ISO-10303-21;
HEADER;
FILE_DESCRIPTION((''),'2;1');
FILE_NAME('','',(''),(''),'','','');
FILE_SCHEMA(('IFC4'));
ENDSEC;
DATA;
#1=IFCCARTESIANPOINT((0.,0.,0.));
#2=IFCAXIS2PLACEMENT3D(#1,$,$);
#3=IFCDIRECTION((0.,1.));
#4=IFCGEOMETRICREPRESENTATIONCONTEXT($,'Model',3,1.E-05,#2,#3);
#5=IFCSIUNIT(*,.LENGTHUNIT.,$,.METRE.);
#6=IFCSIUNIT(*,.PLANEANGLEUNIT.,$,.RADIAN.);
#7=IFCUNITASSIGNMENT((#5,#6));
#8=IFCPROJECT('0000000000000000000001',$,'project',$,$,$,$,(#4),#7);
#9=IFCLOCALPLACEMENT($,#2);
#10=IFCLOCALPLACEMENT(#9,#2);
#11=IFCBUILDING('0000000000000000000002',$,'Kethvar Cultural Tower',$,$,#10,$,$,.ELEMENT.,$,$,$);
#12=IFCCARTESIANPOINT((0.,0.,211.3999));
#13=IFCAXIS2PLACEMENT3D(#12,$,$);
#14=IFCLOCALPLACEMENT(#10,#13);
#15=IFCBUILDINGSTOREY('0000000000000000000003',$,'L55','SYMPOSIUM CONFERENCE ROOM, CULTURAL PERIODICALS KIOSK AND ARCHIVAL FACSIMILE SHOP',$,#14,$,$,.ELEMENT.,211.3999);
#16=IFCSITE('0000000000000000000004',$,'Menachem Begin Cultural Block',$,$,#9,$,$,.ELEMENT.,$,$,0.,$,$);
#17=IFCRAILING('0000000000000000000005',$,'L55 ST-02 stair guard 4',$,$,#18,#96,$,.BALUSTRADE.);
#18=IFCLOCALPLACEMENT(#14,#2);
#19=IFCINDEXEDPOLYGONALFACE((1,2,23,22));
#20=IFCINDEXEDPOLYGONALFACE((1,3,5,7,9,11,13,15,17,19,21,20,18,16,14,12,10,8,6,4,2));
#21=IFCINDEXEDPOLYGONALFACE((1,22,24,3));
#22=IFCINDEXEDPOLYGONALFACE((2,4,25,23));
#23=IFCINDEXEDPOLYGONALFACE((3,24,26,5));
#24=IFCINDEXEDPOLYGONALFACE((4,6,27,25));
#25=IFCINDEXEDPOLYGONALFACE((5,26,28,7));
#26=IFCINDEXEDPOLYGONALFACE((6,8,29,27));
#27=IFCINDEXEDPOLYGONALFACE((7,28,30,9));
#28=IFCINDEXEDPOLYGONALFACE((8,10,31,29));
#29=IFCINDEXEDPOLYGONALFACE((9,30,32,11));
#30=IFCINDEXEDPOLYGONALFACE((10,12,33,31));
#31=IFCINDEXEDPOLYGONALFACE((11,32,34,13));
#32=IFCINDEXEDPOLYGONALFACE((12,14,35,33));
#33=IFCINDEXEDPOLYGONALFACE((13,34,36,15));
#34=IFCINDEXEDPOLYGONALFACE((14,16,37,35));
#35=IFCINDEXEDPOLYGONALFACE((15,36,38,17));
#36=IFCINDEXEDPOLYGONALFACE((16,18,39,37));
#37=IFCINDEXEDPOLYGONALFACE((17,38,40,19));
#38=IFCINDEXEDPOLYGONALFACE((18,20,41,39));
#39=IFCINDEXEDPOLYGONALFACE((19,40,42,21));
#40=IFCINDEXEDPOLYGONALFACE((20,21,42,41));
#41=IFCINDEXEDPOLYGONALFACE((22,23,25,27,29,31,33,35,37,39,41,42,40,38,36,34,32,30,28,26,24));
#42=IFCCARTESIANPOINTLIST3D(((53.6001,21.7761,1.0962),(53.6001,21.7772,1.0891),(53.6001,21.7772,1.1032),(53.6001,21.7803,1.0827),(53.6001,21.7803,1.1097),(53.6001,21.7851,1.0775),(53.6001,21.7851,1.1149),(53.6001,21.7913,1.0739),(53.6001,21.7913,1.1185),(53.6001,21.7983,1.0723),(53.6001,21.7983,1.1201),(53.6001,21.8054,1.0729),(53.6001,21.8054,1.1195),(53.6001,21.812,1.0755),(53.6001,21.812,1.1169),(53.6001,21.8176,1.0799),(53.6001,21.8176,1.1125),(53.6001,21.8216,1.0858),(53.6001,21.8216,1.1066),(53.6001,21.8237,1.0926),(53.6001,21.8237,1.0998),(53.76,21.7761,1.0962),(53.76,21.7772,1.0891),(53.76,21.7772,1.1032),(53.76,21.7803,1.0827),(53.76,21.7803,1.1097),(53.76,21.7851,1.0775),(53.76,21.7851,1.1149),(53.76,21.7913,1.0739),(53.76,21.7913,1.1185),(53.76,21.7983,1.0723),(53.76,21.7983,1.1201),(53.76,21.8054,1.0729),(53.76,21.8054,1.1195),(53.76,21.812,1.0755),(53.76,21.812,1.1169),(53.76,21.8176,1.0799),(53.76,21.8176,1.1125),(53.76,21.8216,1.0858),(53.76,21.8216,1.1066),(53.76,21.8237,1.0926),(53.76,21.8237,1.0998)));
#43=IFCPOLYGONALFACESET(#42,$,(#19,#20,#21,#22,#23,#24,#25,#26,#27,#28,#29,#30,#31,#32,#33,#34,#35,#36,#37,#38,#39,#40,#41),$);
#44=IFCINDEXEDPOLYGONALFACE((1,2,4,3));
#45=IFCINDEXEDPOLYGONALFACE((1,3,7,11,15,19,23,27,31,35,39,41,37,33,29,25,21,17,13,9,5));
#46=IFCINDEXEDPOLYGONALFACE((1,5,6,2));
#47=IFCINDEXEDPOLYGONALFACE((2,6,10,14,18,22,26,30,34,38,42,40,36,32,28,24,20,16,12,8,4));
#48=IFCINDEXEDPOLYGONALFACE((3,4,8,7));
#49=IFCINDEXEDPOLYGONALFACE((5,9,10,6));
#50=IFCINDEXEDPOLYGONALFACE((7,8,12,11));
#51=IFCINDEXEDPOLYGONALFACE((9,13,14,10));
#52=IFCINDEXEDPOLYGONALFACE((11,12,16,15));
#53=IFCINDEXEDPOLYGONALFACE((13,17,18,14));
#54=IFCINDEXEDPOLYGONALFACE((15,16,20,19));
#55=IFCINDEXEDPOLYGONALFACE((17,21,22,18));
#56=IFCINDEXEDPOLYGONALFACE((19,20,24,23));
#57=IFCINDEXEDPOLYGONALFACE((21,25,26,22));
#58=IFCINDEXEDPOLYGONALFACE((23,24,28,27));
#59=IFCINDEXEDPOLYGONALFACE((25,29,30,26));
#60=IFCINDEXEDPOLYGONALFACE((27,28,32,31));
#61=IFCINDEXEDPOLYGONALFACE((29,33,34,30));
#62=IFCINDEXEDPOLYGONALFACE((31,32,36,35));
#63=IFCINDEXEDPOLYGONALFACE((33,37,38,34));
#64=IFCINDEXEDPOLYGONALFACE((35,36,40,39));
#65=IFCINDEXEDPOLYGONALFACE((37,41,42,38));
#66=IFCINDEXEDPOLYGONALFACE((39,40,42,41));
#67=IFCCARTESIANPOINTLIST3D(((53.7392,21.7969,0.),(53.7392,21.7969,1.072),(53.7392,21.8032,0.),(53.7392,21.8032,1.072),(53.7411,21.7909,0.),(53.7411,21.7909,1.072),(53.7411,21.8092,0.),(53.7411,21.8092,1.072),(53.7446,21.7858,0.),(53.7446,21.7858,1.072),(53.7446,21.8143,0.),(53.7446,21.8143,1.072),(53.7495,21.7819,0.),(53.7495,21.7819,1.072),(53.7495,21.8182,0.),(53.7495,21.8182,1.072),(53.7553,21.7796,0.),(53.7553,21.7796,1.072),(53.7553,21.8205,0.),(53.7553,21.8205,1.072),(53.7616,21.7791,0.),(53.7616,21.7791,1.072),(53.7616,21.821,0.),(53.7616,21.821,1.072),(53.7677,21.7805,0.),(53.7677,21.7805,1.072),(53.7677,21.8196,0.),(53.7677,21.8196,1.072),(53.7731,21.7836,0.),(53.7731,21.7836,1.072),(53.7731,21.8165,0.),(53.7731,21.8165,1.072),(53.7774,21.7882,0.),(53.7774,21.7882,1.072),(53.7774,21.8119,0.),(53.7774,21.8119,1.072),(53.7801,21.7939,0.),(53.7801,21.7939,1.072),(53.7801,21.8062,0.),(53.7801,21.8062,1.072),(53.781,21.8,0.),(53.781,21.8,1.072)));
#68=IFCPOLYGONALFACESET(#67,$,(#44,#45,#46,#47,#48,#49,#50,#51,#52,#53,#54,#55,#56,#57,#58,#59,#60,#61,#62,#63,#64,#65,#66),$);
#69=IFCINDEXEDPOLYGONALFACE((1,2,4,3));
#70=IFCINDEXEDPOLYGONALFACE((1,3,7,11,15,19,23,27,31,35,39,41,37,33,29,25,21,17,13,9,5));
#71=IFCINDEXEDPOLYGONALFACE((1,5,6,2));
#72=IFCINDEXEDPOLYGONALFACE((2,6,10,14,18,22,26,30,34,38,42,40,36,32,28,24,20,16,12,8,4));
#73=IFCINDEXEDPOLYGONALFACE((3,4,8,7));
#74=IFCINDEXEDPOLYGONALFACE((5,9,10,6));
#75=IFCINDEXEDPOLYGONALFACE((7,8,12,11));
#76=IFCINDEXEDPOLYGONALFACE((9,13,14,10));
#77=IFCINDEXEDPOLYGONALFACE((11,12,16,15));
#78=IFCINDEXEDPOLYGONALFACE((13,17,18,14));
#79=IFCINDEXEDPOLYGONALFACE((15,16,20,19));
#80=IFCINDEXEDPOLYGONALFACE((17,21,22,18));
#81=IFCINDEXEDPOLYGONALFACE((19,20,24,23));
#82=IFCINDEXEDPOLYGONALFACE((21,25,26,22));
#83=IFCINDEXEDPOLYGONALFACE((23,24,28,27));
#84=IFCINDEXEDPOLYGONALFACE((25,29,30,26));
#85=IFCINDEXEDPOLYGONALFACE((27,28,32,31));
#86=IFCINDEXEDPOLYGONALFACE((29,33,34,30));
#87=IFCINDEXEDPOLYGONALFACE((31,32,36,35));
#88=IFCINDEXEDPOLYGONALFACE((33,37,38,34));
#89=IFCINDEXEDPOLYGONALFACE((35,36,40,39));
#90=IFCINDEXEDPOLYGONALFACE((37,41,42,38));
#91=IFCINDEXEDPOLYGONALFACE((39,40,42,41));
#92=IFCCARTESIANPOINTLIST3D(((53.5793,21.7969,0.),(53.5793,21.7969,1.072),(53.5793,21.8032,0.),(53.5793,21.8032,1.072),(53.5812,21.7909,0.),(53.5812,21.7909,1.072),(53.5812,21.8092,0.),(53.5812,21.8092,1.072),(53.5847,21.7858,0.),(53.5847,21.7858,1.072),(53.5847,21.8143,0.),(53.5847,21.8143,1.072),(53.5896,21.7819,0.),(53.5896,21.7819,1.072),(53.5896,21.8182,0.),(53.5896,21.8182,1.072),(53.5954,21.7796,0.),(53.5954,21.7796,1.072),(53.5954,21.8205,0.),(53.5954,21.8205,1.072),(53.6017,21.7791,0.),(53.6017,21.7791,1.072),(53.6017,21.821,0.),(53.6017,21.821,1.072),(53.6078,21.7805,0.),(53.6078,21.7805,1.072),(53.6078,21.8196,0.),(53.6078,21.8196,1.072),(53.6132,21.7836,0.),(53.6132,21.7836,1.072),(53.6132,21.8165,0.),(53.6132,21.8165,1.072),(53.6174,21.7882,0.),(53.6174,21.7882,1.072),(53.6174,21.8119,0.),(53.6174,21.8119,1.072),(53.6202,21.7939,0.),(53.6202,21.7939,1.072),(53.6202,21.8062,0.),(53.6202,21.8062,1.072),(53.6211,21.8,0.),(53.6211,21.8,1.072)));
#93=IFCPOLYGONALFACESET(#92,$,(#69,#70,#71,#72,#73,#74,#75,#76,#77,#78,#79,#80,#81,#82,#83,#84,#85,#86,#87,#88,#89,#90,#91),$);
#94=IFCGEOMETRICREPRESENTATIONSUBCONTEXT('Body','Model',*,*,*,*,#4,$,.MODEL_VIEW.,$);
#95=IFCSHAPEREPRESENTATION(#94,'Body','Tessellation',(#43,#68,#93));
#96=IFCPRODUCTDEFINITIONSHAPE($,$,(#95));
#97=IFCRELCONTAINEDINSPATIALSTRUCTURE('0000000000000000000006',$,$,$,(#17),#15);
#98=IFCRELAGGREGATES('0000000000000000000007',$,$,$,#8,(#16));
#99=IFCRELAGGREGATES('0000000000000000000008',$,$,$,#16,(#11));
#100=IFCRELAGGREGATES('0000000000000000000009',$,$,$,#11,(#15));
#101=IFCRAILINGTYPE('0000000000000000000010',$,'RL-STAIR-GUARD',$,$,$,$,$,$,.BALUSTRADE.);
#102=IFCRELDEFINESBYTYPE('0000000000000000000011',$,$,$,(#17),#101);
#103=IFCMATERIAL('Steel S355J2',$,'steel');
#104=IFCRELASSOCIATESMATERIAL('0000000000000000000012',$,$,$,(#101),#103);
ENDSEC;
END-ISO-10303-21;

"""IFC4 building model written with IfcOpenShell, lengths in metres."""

from ifc_helpers import new_model, si_unit, direction, frame, origin, origin_2d, place, context, subcontext, project, spatial, circle, extrude, material, type_object, element, save


model = new_model("IFC4")

# Units and contexts
model_context = context("Model", 3, precision=1e-05, world=origin(), true_north=direction((0.0, 1.0)))
body_context = subcontext(model_context, "Body", "Model", "MODEL_VIEW")
ifc_project = project(units=[si_unit("LENGTHUNIT", "METRE"), si_unit("PLANEANGLEUNIT", "RADIAN")], contexts=[model_context])

# Site, building, storey
site_placement = place(None, origin())
site = spatial("IfcSite", under=ifc_project, at=site_placement, Name="Menachem Begin Cultural Block", CompositionType="ELEMENT", RefElevation=0.0)
building_placement = place(site_placement, origin())
building = spatial("IfcBuilding", under=site, at=building_placement, Name="Kethvar Cultural Tower", CompositionType="ELEMENT")
storey_placement = place(building_placement, frame((0.0, 0.0, 211.3999)))
storey = spatial("IfcBuildingStorey", under=building, at=storey_placement, Name="L55", Description="SYMPOSIUM CONFERENCE ROOM, CULTURAL PERIODICALS KIOSK AND ARCHIVAL FACSIMILE SHOP", CompositionType="ELEMENT", Elevation=211.3999)

# Shared definitions
ifc_material_1 = material(Name="Steel S355J2", Category="steel")

# Railing
railing_type_1 = type_object("IfcRailingType", Name="RL-STAIR-GUARD", PredefinedType="BALUSTRADE", material=ifc_material_1)
railing_1_placement = place(storey_placement, frame((53.76, 21.8, 0.0)))
element("IfcRailing", 1, at=railing_1_placement, inside=storey, type_object=railing_type_1, Name="L55 ST-02 stair guard 4", PredefinedType="BALUSTRADE", context=body_context, shape_type="SweptSolid", body=[
    extrude(circle(Radius=0.0239, at=origin_2d()), frame((0.0, 0.0, 1.0962), z_axis=(-1.0, 0.0, 0.0), x_axis=(0.0, -1.0, 0.0)), (0.0, 0.0, 1.0), 0.1599),
    extrude(circle(Radius=0.021, at=origin_2d()), origin(), (0.0, 0.0, 1.0), 1.072),
    extrude(circle(Radius=0.021, at=origin_2d()), frame((-0.1599, 0.0, 0.0)), (0.0, 0.0, 1.0), 1.072),
])

save(model, "model.ifc")
